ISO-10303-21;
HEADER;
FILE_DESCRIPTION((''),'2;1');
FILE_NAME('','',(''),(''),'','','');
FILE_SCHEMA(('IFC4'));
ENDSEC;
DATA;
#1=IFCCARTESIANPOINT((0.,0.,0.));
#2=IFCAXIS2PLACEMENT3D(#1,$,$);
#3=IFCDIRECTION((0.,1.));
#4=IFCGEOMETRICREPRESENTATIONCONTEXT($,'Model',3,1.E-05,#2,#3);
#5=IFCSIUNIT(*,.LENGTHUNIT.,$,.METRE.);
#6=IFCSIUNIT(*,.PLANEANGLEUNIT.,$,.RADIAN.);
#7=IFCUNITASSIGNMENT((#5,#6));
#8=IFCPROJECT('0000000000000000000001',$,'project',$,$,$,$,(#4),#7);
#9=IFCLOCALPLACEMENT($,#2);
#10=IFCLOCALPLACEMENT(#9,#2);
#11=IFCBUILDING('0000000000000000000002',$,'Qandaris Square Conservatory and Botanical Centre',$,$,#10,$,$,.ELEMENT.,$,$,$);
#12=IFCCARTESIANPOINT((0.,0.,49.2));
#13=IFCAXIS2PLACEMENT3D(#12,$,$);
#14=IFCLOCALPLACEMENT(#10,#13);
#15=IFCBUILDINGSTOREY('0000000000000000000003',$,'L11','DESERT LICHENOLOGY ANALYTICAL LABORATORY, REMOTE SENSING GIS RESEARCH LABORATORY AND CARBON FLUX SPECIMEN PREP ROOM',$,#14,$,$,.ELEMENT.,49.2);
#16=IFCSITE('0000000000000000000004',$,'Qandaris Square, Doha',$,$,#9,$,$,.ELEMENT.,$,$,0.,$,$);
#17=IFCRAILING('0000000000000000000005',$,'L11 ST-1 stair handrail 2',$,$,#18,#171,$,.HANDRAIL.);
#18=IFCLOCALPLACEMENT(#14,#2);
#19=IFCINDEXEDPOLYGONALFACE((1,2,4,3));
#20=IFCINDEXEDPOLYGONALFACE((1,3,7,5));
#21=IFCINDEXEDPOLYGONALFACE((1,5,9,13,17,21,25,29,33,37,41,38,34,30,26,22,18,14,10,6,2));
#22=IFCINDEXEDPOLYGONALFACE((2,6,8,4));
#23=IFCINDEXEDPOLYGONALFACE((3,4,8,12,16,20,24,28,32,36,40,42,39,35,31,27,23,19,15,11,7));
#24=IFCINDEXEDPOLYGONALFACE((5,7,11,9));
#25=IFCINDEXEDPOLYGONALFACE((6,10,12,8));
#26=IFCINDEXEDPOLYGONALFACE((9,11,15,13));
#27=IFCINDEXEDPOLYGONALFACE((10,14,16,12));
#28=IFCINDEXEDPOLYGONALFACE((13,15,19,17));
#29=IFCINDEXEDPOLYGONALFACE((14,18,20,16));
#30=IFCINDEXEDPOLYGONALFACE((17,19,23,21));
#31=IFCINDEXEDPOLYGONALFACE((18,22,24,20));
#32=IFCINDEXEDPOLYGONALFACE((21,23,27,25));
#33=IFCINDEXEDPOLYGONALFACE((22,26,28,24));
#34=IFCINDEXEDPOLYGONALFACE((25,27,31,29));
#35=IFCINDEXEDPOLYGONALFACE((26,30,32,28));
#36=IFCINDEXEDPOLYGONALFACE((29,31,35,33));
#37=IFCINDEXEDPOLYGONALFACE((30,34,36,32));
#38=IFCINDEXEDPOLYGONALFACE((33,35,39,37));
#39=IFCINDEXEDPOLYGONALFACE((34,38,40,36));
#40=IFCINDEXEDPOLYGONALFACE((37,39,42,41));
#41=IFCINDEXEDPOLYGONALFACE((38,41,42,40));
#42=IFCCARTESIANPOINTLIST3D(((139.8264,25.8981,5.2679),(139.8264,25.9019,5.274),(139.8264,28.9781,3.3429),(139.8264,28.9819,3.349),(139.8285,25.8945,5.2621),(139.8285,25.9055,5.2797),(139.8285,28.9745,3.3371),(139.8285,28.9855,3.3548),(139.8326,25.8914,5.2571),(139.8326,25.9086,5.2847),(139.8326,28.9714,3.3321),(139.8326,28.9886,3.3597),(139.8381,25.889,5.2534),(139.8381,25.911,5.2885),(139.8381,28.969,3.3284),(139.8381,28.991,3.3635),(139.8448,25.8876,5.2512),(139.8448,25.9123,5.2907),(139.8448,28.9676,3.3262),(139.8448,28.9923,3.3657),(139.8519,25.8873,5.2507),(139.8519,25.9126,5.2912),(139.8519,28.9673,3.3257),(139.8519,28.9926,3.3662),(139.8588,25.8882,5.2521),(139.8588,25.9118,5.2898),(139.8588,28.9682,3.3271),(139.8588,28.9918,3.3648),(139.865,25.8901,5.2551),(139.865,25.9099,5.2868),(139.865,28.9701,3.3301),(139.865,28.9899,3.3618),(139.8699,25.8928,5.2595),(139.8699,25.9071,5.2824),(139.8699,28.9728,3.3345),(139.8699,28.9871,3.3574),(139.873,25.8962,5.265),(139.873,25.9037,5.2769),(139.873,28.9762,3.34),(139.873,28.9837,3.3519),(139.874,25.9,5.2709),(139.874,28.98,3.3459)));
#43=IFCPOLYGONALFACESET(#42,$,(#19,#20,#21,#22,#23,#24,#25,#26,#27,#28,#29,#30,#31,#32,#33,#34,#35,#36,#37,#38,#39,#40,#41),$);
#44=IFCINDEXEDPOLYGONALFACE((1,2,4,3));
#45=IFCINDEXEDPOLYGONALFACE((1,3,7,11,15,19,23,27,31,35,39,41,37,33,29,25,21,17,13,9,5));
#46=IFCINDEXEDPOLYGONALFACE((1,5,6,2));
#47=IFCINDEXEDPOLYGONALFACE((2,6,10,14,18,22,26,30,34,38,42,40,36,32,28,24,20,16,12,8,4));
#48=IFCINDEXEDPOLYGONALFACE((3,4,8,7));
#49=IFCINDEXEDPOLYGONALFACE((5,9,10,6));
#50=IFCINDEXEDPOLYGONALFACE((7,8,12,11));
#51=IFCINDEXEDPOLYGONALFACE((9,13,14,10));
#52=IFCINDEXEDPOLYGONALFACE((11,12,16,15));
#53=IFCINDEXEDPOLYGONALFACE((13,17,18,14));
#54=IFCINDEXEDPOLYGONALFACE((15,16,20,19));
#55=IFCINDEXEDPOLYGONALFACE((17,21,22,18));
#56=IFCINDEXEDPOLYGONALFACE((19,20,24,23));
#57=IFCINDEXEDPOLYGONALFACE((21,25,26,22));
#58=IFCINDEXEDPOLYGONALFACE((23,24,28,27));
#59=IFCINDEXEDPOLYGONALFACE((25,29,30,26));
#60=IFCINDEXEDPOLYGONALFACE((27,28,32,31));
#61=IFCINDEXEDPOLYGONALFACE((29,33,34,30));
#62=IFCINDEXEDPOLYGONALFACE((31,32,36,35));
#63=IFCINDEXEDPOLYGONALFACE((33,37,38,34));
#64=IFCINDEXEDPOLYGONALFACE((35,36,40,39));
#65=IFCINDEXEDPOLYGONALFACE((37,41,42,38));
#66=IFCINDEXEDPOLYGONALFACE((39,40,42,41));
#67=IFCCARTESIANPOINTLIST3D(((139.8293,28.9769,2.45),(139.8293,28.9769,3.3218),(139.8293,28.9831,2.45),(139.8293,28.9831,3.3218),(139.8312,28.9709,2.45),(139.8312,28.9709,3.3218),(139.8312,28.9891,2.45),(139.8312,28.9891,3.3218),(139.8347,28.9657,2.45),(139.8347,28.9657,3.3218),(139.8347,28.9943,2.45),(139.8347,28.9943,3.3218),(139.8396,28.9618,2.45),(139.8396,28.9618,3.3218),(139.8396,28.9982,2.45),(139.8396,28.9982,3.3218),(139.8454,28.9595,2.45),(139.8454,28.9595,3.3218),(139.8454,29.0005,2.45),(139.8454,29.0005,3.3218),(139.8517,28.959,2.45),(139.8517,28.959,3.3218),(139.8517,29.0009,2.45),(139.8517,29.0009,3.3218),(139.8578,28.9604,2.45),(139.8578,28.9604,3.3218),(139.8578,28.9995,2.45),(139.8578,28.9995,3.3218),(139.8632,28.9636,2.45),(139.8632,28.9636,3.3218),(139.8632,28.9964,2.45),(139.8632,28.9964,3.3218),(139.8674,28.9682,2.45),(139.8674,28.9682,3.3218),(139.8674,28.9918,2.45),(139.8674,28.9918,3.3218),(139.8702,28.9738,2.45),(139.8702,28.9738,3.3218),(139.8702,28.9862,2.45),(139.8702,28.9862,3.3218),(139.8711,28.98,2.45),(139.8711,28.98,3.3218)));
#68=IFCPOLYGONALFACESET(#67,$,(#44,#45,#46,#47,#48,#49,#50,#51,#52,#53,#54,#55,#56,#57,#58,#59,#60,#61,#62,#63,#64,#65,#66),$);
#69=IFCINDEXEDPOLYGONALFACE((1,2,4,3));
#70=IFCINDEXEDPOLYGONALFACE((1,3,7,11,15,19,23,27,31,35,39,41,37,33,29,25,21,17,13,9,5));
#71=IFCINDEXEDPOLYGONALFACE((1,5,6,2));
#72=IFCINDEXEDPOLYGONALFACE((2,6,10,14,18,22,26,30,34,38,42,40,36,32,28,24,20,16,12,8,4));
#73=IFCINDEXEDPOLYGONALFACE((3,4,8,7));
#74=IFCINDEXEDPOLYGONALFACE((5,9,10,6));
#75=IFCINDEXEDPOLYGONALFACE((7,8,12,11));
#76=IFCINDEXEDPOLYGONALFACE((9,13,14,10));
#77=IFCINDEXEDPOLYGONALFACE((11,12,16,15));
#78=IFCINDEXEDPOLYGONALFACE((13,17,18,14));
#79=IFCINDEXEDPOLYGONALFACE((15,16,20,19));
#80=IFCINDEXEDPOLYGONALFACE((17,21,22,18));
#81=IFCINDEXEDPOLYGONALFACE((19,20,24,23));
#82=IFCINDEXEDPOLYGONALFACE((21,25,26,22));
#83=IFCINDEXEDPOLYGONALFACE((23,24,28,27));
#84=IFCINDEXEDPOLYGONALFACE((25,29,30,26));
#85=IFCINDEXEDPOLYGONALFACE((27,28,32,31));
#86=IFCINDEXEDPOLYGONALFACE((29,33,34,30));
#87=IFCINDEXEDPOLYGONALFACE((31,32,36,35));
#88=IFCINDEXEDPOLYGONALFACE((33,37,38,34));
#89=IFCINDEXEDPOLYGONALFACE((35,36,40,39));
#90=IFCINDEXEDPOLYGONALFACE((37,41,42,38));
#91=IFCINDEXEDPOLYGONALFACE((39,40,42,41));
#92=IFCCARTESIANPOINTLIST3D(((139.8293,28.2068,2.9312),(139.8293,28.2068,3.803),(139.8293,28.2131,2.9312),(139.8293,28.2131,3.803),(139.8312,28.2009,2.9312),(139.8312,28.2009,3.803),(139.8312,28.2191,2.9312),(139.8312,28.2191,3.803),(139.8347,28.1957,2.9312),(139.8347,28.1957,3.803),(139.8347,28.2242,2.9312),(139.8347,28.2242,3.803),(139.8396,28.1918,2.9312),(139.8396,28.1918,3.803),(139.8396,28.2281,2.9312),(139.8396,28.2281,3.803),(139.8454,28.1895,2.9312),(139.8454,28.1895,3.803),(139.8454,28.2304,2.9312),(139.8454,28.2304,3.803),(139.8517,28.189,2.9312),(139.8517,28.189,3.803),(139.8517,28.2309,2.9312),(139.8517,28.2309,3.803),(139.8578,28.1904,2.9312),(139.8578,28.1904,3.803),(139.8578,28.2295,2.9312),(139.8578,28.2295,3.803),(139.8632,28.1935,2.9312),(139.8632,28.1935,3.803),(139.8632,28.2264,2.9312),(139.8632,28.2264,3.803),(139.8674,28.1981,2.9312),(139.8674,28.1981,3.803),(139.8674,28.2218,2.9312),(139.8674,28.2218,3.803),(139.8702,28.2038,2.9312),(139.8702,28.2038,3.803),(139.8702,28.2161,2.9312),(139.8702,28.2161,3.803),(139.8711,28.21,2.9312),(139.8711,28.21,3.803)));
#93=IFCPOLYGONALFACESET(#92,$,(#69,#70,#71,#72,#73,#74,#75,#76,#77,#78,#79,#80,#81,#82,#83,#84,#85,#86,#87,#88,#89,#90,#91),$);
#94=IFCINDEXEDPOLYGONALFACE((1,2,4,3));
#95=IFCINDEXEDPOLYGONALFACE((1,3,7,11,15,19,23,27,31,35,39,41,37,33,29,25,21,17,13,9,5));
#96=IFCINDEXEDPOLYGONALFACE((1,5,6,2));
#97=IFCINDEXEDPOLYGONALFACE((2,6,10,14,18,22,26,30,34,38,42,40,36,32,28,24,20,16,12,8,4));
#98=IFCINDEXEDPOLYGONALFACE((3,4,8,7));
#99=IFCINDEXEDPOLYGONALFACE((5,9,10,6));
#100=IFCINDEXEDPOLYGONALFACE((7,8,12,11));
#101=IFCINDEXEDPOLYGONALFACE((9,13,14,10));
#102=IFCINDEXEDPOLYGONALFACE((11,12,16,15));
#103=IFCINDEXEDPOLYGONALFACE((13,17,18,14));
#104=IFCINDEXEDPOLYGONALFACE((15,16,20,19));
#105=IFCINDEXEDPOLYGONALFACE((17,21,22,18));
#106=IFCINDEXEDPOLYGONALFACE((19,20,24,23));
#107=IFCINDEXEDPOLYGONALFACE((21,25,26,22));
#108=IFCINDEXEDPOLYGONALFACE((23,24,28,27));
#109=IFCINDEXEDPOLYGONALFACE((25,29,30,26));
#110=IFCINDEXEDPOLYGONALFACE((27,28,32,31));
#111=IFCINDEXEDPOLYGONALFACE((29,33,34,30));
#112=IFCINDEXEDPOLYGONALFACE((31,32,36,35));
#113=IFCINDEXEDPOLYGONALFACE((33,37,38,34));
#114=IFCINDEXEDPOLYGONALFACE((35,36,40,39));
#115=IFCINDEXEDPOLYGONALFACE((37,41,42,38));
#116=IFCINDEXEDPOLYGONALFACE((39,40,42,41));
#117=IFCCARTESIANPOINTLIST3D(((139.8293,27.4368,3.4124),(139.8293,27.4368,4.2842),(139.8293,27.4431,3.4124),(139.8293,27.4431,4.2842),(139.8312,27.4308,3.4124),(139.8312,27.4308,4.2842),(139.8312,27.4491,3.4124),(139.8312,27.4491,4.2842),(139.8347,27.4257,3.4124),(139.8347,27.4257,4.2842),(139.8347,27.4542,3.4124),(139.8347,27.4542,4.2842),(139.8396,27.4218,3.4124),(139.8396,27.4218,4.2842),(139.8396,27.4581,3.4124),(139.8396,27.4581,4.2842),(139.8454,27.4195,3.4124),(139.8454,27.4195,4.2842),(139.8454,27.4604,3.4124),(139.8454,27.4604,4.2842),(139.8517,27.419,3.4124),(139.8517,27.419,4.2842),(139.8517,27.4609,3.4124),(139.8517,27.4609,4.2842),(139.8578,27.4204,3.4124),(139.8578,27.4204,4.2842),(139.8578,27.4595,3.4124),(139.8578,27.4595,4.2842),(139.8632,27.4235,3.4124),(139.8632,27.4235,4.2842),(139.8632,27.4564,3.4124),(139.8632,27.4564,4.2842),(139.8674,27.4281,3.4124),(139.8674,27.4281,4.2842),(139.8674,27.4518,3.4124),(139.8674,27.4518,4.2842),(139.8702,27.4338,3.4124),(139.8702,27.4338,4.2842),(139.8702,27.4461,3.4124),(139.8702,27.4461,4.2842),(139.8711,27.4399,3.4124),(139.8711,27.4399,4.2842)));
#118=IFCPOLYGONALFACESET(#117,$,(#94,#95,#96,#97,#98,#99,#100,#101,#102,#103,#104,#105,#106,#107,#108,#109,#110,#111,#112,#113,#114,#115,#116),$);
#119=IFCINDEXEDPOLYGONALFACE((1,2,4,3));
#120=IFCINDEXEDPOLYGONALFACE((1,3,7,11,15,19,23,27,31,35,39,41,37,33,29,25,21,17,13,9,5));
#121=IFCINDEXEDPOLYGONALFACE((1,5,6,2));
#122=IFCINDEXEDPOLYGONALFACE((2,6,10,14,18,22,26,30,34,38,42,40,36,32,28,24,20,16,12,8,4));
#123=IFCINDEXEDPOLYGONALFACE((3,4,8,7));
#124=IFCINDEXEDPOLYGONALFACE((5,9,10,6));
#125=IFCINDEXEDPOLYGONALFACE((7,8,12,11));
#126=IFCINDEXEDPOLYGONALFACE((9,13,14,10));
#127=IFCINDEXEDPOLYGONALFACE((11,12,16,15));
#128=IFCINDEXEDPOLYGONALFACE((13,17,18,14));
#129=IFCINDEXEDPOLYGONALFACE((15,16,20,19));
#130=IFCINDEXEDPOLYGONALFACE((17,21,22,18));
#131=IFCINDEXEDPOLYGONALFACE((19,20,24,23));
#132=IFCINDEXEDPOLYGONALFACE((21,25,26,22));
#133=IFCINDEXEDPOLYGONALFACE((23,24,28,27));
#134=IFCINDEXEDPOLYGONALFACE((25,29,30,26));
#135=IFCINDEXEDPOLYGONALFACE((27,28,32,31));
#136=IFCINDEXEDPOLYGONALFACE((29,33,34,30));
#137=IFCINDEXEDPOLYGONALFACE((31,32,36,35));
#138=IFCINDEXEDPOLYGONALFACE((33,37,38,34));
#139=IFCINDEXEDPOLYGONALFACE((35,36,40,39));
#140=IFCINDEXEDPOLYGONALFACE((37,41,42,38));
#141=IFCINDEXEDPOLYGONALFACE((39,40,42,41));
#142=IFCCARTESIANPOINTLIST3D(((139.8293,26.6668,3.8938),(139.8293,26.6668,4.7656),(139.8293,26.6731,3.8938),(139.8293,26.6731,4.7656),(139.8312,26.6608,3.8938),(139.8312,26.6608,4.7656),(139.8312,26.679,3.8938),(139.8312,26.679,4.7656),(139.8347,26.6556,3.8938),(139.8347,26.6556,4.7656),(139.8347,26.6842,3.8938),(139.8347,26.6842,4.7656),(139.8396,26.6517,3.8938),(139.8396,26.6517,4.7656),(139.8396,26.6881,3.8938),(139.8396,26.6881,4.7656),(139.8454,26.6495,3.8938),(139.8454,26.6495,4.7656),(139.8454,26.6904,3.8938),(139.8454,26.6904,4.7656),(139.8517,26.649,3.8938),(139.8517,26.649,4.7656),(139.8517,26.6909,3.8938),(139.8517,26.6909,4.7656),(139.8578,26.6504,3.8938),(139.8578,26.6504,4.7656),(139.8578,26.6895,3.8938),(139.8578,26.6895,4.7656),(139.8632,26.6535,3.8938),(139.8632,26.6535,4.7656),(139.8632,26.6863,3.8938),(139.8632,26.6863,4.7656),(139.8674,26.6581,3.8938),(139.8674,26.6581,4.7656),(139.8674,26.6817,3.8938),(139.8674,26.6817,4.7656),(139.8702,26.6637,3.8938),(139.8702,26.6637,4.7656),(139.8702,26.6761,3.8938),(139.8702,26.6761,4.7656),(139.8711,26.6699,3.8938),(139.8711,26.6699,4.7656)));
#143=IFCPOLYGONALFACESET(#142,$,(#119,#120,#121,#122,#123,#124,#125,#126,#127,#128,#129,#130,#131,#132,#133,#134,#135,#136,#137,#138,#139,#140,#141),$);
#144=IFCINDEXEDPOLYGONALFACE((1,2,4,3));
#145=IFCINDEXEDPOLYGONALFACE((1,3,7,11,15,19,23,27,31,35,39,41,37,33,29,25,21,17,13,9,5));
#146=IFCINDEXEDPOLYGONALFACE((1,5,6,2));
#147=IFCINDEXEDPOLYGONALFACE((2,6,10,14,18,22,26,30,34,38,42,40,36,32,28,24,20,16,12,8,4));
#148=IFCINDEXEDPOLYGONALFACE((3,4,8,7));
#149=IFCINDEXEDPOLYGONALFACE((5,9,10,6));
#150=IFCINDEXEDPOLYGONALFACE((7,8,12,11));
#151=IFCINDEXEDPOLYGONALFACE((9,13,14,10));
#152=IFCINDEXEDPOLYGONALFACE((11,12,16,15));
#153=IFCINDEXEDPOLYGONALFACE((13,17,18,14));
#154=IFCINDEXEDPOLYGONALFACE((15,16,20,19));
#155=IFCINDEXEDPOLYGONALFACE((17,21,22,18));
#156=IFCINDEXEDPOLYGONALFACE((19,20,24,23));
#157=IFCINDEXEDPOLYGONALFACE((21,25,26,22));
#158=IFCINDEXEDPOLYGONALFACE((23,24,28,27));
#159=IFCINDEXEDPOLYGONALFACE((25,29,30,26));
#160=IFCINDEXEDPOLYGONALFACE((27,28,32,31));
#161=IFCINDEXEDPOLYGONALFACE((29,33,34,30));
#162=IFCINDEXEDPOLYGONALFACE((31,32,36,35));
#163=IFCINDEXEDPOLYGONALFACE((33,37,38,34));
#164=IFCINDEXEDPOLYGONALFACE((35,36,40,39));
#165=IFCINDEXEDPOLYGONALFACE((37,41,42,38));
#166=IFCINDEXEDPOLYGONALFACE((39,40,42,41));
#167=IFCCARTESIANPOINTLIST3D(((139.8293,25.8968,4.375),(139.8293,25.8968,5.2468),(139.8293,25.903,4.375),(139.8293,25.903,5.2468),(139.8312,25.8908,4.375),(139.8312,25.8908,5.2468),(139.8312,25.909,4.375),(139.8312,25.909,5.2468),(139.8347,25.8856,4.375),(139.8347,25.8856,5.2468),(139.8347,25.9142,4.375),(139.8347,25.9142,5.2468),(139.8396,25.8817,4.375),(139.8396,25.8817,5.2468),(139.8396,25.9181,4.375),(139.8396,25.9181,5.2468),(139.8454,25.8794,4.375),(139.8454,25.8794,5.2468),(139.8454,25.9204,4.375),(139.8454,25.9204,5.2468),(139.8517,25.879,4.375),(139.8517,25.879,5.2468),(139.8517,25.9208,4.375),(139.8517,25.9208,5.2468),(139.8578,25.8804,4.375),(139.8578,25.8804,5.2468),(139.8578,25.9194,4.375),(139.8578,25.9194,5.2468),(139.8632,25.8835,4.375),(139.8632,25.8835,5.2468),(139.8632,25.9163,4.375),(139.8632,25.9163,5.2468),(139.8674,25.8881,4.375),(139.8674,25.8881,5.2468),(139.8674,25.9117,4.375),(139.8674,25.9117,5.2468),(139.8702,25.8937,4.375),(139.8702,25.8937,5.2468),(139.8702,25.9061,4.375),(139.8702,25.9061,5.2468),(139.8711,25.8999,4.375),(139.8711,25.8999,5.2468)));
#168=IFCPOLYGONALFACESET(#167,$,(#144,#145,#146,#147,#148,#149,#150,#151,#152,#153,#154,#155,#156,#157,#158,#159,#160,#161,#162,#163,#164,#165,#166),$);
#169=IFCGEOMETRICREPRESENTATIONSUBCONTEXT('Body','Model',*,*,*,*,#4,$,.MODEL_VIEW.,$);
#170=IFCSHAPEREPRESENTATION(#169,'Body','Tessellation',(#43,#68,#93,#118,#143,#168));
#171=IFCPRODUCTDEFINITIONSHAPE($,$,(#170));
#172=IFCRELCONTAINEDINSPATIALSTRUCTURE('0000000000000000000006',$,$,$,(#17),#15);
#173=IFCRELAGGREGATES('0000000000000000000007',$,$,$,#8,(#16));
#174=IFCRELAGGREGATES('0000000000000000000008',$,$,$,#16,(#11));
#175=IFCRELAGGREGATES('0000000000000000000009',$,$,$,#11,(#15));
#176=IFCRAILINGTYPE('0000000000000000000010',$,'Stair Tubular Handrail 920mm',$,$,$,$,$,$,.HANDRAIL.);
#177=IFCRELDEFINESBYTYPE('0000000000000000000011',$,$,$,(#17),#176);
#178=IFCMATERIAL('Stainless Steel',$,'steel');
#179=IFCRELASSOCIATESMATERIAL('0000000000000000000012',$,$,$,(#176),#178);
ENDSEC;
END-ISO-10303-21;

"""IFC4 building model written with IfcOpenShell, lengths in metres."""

from ifc_helpers import new_model, si_unit, direction, frame, origin, origin_2d, place, context, subcontext, project, spatial, circle, extrude, material, type_object, element, save


model = new_model("IFC4")

# Units and contexts
model_context = context("Model", 3, precision=1e-05, world=origin(), true_north=direction((0.0, 1.0)))
body_context = subcontext(model_context, "Body", "Model", "MODEL_VIEW")
ifc_project = project(units=[si_unit("LENGTHUNIT", "METRE"), si_unit("PLANEANGLEUNIT", "RADIAN")], contexts=[model_context])

# Site, building, storey
site_placement = place(None, origin())
site = spatial("IfcSite", under=ifc_project, at=site_placement, Name="Qandaris Square, Doha", CompositionType="ELEMENT", RefElevation=0.0)
building_placement = place(site_placement, origin())
building = spatial("IfcBuilding", under=site, at=building_placement, Name="Qandaris Square Conservatory and Botanical Centre", CompositionType="ELEMENT")
storey_placement = place(building_placement, frame((0.0, 0.0, 49.2)))
storey = spatial("IfcBuildingStorey", under=building, at=storey_placement, Name="L11", Description="DESERT LICHENOLOGY ANALYTICAL LABORATORY, REMOTE SENSING GIS RESEARCH LABORATORY AND CARBON FLUX SPECIMEN PREP ROOM", CompositionType="ELEMENT", Elevation=49.2)

# Railing
ifc_material_1 = material(Name="Stainless Steel", Category="steel")
railing_type_1 = type_object("IfcRailingType", Name="Stair Tubular Handrail 920mm", PredefinedType="HANDRAIL", material=ifc_material_1)
railing_1_placement = place(storey_placement, frame((139.8501, 28.98, 2.45)))
element("IfcRailing", 1, at=railing_1_placement, inside=storey, type_object=railing_type_1, Name="L11 ST-1 stair handrail 2", PredefinedType="HANDRAIL", context=body_context, shape_type="SweptSolid", body=[
    extrude(circle(Radius=0.0239, at=origin_2d()), frame((0.0, 0.0, 0.896), z_axis=(0.0, -0.847998, 0.529999), x_axis=(1.0, 0.0, 0.0)), (0.0, 0.0, 1.0), 3.6321),
    extrude(circle(Radius=0.021, at=origin_2d()), origin(), (0.0, 0.0, 1.0), 0.8718),
    extrude(circle(Radius=0.021, at=origin_2d()), frame((0.0, -0.77, 0.4812)), (0.0, 0.0, 1.0), 0.8718),
    extrude(circle(Radius=0.021, at=origin_2d()), frame((0.0, -1.54, 0.9624)), (0.0, 0.0, 1.0), 0.8718),
    extrude(circle(Radius=0.021, at=origin_2d()), frame((0.0, -2.3101, 1.4438)), (0.0, 0.0, 1.0), 0.8718),
    extrude(circle(Radius=0.021, at=origin_2d()), frame((0.0, -3.0801, 1.925)), (0.0, 0.0, 1.0), 0.8718),
])

save(model, "model.ifc")
